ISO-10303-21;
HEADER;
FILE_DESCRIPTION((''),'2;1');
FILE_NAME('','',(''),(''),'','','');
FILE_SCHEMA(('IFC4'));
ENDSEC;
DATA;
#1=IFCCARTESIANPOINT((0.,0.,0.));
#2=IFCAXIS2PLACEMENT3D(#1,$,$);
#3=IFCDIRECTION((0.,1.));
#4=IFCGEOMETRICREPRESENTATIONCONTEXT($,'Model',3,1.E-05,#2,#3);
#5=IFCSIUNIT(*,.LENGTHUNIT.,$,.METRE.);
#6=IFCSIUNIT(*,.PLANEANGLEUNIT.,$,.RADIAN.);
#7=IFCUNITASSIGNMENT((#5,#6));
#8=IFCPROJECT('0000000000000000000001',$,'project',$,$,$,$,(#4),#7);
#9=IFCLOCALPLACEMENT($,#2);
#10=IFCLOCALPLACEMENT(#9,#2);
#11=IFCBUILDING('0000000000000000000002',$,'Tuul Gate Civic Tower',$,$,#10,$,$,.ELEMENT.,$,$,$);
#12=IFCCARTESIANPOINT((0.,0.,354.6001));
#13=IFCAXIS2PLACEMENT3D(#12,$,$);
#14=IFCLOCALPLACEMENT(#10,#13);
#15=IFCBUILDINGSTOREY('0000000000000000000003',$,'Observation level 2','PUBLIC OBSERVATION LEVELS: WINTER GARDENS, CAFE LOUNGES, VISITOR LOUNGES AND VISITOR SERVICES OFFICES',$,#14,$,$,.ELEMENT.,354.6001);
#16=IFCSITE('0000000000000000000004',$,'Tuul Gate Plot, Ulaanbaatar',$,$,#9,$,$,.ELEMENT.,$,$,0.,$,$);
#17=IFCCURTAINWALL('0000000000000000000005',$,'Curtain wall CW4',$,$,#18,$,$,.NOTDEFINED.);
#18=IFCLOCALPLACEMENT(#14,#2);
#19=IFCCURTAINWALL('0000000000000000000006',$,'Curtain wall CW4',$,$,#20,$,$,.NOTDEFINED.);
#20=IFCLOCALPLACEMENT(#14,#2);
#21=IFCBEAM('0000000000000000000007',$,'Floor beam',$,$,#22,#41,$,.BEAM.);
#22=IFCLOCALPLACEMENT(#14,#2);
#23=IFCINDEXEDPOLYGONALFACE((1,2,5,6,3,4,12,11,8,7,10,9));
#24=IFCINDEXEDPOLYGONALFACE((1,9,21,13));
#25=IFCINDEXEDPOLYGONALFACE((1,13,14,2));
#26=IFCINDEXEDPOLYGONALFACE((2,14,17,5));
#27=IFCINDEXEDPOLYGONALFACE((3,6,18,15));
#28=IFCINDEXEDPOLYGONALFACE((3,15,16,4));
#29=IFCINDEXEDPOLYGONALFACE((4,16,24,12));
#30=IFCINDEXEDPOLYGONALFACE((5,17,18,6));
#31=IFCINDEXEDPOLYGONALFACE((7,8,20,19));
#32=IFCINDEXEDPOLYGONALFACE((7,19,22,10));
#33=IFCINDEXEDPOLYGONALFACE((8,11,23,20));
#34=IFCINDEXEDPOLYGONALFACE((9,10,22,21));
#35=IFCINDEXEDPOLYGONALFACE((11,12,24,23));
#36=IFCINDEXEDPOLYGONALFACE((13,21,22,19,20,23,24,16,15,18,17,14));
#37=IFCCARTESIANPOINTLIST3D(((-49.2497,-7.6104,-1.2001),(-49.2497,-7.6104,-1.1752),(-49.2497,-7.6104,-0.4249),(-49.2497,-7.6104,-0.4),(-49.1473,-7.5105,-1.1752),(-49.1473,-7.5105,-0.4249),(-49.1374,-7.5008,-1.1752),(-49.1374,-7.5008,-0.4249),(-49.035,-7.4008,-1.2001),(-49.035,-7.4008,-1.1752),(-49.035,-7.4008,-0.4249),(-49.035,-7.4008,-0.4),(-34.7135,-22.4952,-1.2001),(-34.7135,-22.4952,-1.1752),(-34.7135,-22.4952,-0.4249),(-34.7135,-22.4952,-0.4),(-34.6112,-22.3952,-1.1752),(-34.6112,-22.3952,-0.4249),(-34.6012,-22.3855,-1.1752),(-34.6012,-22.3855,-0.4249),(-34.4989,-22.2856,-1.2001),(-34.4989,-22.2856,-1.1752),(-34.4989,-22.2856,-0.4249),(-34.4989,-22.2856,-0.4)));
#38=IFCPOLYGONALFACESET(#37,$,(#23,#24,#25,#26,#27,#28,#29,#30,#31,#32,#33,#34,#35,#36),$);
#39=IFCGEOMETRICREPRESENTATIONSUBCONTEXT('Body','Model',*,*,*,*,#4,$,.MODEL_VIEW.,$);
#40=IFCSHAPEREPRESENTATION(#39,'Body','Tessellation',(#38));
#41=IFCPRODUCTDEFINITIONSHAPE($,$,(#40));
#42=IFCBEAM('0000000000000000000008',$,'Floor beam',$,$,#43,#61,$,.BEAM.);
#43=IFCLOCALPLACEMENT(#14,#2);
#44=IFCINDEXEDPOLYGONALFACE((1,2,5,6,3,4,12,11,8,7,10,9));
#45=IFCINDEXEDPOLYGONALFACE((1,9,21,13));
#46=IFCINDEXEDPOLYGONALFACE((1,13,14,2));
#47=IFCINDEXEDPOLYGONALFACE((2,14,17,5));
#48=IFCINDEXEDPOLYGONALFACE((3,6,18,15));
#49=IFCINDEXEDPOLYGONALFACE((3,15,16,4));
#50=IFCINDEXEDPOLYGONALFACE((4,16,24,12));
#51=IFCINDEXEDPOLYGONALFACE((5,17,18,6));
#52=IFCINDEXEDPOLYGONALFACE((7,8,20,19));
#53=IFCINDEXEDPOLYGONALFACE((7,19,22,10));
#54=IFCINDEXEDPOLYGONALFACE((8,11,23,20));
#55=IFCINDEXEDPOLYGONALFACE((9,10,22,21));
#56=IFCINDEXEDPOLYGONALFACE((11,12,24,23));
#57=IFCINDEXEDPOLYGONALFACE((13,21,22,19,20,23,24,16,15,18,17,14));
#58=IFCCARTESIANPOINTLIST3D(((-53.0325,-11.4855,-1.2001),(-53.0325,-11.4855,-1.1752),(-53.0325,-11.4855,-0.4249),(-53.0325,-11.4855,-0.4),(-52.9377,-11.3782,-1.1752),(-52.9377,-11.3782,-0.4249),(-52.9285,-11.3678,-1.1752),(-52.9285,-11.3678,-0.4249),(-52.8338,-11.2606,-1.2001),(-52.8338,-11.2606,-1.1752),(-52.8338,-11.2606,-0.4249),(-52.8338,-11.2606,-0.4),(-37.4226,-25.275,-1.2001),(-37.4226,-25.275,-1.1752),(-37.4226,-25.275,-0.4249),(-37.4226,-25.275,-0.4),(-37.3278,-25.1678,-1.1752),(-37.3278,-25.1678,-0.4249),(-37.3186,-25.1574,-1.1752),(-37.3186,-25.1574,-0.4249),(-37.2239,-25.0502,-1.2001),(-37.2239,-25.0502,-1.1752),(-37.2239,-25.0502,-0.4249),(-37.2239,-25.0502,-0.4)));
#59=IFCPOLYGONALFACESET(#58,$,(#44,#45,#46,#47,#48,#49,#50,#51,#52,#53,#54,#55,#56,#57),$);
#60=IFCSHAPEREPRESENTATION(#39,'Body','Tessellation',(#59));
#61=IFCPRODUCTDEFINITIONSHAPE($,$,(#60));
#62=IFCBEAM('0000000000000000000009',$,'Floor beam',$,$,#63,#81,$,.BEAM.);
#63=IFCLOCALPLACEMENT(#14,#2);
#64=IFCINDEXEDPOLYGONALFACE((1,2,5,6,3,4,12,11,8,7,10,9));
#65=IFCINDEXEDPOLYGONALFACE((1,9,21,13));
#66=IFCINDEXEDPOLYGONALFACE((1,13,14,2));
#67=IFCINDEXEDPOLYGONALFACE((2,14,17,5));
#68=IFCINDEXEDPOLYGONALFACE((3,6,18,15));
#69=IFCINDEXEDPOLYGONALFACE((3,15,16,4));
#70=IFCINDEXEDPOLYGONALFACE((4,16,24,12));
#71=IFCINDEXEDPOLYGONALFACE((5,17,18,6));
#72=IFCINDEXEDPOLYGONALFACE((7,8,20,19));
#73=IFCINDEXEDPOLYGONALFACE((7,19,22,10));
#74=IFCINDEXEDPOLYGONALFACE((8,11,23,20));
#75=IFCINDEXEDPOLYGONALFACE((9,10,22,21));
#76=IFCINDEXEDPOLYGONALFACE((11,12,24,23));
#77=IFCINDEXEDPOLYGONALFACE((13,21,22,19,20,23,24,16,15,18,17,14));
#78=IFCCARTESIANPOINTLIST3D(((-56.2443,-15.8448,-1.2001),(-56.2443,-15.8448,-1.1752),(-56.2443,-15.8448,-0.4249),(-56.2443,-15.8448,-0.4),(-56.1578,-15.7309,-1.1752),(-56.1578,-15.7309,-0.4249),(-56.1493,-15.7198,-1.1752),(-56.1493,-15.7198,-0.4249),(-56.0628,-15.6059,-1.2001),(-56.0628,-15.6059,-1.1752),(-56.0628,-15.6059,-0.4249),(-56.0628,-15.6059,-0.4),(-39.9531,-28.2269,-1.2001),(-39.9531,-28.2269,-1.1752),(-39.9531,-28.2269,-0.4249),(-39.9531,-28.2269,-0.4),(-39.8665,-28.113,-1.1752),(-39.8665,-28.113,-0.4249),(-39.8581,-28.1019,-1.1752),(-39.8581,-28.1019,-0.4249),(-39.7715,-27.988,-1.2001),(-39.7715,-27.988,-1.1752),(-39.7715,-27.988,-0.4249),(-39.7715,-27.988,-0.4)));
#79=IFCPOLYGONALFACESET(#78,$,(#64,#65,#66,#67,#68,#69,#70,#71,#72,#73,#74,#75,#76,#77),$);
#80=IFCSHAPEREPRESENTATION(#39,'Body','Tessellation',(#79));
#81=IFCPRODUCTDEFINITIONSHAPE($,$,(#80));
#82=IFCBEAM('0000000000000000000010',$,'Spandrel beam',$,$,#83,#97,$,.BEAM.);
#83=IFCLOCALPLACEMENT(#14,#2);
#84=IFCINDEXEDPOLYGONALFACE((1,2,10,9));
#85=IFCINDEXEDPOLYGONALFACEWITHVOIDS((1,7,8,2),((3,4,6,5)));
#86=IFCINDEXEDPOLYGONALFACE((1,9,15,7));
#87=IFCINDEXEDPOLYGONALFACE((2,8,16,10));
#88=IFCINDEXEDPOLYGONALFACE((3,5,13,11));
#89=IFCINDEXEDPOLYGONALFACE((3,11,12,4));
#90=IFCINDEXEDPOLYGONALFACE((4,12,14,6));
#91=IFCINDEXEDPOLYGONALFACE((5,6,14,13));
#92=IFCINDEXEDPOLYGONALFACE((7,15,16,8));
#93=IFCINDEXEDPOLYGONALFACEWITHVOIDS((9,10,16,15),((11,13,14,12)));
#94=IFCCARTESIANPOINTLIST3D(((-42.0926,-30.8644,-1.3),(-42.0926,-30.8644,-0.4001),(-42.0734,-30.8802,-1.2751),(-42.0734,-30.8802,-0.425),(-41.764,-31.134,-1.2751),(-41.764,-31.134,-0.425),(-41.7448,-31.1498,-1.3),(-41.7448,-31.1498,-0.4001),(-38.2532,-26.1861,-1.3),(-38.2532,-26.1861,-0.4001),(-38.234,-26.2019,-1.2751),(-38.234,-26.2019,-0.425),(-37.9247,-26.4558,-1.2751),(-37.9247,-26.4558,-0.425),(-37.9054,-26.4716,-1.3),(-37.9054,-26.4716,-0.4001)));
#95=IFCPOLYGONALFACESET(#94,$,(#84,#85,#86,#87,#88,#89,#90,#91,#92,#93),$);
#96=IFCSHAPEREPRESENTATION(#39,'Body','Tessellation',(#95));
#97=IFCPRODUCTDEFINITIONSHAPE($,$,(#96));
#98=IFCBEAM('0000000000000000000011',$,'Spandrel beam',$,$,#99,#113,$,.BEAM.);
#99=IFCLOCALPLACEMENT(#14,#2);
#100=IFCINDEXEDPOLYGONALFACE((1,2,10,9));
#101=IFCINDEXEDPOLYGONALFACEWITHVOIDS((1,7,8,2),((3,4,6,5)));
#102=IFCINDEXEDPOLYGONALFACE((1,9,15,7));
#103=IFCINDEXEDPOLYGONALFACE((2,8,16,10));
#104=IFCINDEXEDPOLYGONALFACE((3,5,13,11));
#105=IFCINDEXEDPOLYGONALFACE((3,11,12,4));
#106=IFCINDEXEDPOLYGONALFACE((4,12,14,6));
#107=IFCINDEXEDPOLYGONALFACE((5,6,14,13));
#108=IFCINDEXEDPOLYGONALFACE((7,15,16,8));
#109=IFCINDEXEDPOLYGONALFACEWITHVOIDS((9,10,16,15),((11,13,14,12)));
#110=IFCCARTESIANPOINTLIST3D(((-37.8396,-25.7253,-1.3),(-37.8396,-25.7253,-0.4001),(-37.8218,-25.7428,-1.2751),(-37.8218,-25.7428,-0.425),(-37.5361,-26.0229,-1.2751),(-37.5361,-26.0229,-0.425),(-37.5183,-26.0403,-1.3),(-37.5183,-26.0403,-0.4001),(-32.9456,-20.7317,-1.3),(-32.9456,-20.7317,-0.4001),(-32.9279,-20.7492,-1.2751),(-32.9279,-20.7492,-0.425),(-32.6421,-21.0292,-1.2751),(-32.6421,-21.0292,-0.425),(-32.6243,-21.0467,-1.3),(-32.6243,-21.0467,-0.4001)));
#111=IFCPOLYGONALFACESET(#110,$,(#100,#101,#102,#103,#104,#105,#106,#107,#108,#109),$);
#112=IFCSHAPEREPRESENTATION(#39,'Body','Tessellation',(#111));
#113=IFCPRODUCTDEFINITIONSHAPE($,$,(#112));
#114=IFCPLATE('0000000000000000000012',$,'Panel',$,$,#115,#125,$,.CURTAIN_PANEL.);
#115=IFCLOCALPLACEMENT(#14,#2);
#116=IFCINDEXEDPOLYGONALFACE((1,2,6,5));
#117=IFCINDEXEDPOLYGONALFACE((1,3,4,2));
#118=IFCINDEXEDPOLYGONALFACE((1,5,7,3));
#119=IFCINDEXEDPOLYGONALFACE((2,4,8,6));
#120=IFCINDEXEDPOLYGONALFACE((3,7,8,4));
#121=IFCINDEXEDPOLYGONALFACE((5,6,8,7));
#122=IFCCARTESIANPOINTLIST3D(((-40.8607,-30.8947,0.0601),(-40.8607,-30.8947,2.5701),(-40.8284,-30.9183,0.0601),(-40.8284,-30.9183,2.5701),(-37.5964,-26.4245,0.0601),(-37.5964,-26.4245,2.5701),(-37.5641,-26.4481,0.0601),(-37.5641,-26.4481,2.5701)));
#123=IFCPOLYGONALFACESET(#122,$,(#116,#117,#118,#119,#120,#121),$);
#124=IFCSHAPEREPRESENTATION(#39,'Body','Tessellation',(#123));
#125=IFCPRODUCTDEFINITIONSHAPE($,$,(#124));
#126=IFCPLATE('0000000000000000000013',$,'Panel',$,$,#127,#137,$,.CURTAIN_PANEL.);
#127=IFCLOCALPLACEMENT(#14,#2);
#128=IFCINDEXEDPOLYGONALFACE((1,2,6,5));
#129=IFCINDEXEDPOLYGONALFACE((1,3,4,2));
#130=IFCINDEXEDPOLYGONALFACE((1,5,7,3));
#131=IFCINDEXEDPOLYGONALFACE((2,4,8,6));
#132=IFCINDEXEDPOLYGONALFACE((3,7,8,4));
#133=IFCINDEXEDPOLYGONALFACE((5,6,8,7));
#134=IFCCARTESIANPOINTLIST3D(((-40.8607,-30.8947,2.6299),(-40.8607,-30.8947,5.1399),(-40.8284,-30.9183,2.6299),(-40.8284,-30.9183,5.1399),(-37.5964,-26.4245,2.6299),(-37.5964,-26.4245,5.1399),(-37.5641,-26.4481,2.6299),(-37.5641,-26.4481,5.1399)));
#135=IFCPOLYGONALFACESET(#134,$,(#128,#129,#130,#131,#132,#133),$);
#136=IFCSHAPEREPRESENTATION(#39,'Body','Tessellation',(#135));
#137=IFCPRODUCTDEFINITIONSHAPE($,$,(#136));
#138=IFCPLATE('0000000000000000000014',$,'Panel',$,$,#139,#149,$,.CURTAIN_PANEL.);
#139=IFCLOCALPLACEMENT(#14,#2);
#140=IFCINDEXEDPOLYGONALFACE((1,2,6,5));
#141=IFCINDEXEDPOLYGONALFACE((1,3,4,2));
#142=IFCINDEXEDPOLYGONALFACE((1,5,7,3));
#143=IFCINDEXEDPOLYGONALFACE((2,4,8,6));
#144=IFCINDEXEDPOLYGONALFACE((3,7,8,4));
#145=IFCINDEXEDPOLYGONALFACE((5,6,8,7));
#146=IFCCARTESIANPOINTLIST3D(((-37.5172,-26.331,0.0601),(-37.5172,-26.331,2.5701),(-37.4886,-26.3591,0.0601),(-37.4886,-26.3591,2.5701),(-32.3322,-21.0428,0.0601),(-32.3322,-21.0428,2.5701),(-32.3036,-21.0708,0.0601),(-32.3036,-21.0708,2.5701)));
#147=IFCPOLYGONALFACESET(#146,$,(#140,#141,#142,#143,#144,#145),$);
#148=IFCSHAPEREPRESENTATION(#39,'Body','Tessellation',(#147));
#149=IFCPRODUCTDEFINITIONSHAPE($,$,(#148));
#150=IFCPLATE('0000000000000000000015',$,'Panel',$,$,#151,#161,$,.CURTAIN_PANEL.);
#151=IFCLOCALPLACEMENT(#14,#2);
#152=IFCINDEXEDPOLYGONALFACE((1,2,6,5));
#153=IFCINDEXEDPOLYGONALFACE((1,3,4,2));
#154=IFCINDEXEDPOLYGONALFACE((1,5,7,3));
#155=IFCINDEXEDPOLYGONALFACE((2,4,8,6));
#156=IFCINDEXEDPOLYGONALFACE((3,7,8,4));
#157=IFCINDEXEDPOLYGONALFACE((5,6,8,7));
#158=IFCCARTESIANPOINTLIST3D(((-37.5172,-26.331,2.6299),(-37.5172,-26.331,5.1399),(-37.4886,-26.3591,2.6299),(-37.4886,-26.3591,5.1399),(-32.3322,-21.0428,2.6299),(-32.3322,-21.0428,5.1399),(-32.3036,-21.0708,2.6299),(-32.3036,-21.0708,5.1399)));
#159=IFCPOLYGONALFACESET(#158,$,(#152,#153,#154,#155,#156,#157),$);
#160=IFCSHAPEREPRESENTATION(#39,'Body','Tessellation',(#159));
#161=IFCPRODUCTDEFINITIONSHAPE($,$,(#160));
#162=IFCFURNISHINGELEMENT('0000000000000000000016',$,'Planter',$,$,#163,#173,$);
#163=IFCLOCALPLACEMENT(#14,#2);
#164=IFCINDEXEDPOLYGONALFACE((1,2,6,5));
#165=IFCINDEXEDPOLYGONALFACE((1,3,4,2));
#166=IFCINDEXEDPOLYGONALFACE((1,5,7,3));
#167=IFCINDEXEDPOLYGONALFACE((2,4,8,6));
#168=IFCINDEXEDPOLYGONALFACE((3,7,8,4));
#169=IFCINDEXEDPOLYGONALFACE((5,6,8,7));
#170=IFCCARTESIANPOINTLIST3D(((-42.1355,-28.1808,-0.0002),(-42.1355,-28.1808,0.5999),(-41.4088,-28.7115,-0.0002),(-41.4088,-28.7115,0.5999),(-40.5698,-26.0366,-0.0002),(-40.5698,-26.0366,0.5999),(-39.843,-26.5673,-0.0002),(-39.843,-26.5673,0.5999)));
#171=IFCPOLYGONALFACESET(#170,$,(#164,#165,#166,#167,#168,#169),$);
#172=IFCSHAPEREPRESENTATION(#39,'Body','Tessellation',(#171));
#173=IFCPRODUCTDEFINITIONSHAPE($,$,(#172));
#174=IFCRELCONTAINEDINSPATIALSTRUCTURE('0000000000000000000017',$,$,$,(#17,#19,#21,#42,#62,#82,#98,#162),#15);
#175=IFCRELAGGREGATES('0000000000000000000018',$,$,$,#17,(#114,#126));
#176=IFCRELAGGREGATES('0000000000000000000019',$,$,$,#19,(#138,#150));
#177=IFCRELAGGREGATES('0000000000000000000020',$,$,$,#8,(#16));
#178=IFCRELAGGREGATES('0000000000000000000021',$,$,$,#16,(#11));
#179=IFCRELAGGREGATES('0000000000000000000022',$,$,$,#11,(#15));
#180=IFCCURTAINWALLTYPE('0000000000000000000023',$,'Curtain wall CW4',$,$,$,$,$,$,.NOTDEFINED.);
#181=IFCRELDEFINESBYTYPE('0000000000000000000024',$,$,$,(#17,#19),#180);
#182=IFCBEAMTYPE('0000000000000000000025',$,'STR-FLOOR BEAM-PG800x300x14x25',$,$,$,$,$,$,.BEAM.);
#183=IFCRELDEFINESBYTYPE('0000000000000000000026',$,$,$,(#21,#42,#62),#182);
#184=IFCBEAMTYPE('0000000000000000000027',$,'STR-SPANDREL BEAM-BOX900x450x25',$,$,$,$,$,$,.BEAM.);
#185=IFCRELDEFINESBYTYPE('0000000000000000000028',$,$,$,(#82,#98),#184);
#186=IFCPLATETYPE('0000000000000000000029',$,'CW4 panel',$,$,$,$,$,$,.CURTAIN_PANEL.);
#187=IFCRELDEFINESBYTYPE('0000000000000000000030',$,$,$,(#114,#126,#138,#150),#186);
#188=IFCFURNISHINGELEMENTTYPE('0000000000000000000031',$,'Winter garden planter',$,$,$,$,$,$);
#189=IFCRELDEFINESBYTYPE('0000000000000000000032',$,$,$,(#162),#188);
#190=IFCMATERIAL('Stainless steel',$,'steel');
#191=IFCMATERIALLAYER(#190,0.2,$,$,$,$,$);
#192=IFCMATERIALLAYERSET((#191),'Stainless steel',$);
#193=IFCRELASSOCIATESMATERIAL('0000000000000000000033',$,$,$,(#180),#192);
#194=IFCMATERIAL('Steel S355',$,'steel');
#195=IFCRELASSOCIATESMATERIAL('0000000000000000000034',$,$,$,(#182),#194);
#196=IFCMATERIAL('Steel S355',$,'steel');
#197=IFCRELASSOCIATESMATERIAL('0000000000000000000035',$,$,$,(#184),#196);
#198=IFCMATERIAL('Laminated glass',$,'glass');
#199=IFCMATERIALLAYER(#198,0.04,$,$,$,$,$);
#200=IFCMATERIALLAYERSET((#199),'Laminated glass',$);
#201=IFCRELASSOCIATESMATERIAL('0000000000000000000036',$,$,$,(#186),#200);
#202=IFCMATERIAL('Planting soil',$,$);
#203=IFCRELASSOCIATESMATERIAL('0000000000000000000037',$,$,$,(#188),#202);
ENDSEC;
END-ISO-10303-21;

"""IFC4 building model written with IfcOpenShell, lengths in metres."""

from ifc_helpers import new_model, si_unit, direction, frame, origin, origin_2d, place, context, subcontext, project, spatial, rectangle, hollow_rectangle, i_section, extrude, material, layer, layer_set, material_profile, profile_set, type_object, element, aggregate, save


model = new_model("IFC4")

# Units and contexts
model_context = context("Model", 3, precision=1e-05, world=origin(), true_north=direction((0.0, 1.0)))
body_context = subcontext(model_context, "Body", "Model", "MODEL_VIEW")
ifc_project = project(units=[si_unit("LENGTHUNIT", "METRE"), si_unit("PLANEANGLEUNIT", "RADIAN")], contexts=[model_context])

# Site, building, storey
site_placement = place(None, origin())
site = spatial("IfcSite", under=ifc_project, at=site_placement, Name="Tuul Gate Plot, Ulaanbaatar", CompositionType="ELEMENT", RefElevation=0.0)
building_placement = place(site_placement, origin())
building = spatial("IfcBuilding", under=site, at=building_placement, Name="Tuul Gate Civic Tower", CompositionType="ELEMENT")
storey_placement = place(building_placement, frame((0.0, 0.0, 354.6001)))
storey = spatial("IfcBuildingStorey", under=building, at=storey_placement, Name="Observation level 2", Description="PUBLIC OBSERVATION LEVELS: WINTER GARDENS, CAFE LOUNGES, VISITOR LOUNGES AND VISITOR SERVICES OFFICES", CompositionType="ELEMENT", Elevation=354.6001)

# Curtain wall
ifc_material_1 = material(Name="Stainless steel", Category="steel")
ifc_layer_1 = layer(ifc_material_1, 0.2)
ifc_layer_set_1 = layer_set([ifc_layer_1], Name="Stainless steel")
curtain_wall_type = type_object("IfcCurtainWallType", Name="Curtain wall CW4", PredefinedType="NOTDEFINED", material=ifc_layer_set_1)
curtain_wall_1_placement = place(storey_placement, origin())
curtain_wall_1 = element("IfcCurtainWall", 1, at=curtain_wall_1_placement, inside=storey, type_object=curtain_wall_type, Name="Curtain wall CW4", PredefinedType="NOTDEFINED")

# Curtain wall
curtain_wall_2_placement = place(storey_placement, origin())
curtain_wall_2 = element("IfcCurtainWall", 2, at=curtain_wall_2_placement, inside=storey, type_object=curtain_wall_type, Name="Curtain wall CW4", PredefinedType="NOTDEFINED")

# Beams
ifc_material_2 = material(Name="Steel S355", Category="steel")
ifc_material_profile_1 = material_profile(ifc_material_2, i_section(OverallWidth=0.3, OverallDepth=0.8, WebThickness=0.0139, FlangeThickness=0.0249, at=origin_2d()), Name="PG800x300x14x25")
ifc_profile_set_1 = profile_set([ifc_material_profile_1], Name="Steel S355")
beam_type_1 = type_object("IfcBeamType", Name="STR-FLOOR BEAM-PG800x300x14x25", PredefinedType="BEAM", material=ifc_profile_set_1)
beam_1_placement = place(storey_placement, frame((-34.6062, -22.3904, -0.8), z_axis=(-0.698679, 0.715436, 0.0), x_axis=(-0.715436, -0.698679, 0.0)))
element("IfcBeam", 3, at=beam_1_placement, inside=storey, type_object=beam_type_1, Name="Floor beam", PredefinedType="BEAM", context=body_context, shape_type="SweptSolid", body=[
    extrude(i_section(OverallWidth=0.3, OverallDepth=0.8, WebThickness=0.0139, FlangeThickness=0.0249, at=origin_2d()), origin(), (0.0, 0.0, 1.0), 20.8052),
])
beam_2_placement = place(storey_placement, frame((-37.3232, -25.1626, -0.8), z_axis=(-0.749453, 0.662057, 0.0), x_axis=(-0.662057, -0.749453, 0.0)))
element("IfcBeam", 4, at=beam_2_placement, inside=storey, type_object=beam_type_1, Name="Floor beam", PredefinedType="BEAM", context=body_context, shape_type="SweptSolid", body=[
    extrude(i_section(OverallWidth=0.3, OverallDepth=0.8, WebThickness=0.0139, FlangeThickness=0.0249, at=origin_2d()), origin(), (0.0, 0.0, 1.0), 20.8284),
])
beam_3_placement = place(storey_placement, frame((-39.8623, -28.1074, -0.8), z_axis=(-0.796145, 0.605106, 0.0), x_axis=(-0.605106, -0.796145, 0.0)))
element("IfcBeam", 5, at=beam_3_placement, inside=storey, type_object=beam_type_1, Name="Floor beam", PredefinedType="BEAM", context=body_context, shape_type="SweptSolid", body=[
    extrude(i_section(OverallWidth=0.3, OverallDepth=0.8, WebThickness=0.0139, FlangeThickness=0.0249, at=origin_2d()), origin(), (0.0, 0.0, 1.0), 20.4626),
])
ifc_material_3 = material(Name="Steel S355", Category="steel")
ifc_material_profile_2 = material_profile(ifc_material_3, hollow_rectangle(XDim=0.45, YDim=0.8999, WallThickness=0.0249, at=origin_2d()), Name="BOX900x450x25")
ifc_profile_set_2 = profile_set([ifc_material_profile_2], Name="Steel S355")
beam_type_2 = type_object("IfcBeamType", Name="STR-SPANDREL BEAM-BOX900x450x25", PredefinedType="BEAM", material=ifc_profile_set_2)
beam_4_placement = place(storey_placement, frame((-41.9187, -31.0071, -0.8501), z_axis=(0.634397, 0.773007, 0.0), x_axis=(-0.773007, 0.634397, 0.0)))
element("IfcBeam", 6, at=beam_4_placement, inside=storey, type_object=beam_type_2, Name="Spandrel beam", PredefinedType="BEAM", context=body_context, shape_type="SweptSolid", body=[
    extrude(hollow_rectangle(XDim=0.45, YDim=0.8999, WallThickness=0.0249, at=origin_2d()), origin(), (0.0, 0.0, 1.0), 6.052),
])
beam_5_placement = place(storey_placement, frame((-37.679, -25.8828, -0.8501), z_axis=(0.699948, 0.714194, 0.0), x_axis=(-0.714194, 0.699948, 0.0)))
element("IfcBeam", 7, at=beam_5_placement, inside=storey, type_object=beam_type_2, Name="Spandrel beam", PredefinedType="BEAM", context=body_context, shape_type="SweptSolid", body=[
    extrude(hollow_rectangle(XDim=0.45, YDim=0.8999, WallThickness=0.0249, at=origin_2d()), origin(), (0.0, 0.0, 1.0), 6.9919),
])

# Plates
ifc_material_4 = material(Name="Laminated glass", Category="glass")
ifc_layer_2 = layer(ifc_material_4, 0.04)
ifc_layer_set_2 = layer_set([ifc_layer_2], Name="Laminated glass")
plate_type = type_object("IfcPlateType", Name="CW4 panel", PredefinedType="CURTAIN_PANEL", material=ifc_layer_set_2)
plate_1_placement = place(storey_placement, frame((-39.2124, -28.6714, 0.0601), z_axis=(0.0, 0.0, 1.0), x_axis=(0.589737, 0.807595, 0.0)))
plate_1 = element("IfcPlate", 8, at=plate_1_placement, type_object=plate_type, Name="Panel", PredefinedType="CURTAIN_PANEL", context=body_context, shape_type="SweptSolid", body=[
    extrude(rectangle(XDim=5.5352, YDim=0.04, at=origin_2d()), origin(), (0.0, 0.0, 1.0), 2.51),
])
plate_2_placement = place(storey_placement, frame((-39.2124, -28.6714, 2.6299), z_axis=(0.0, 0.0, 1.0), x_axis=(0.589737, 0.807595, 0.0)))
plate_2 = element("IfcPlate", 9, at=plate_2_placement, type_object=plate_type, Name="Panel", PredefinedType="CURTAIN_PANEL", context=body_context, shape_type="SweptSolid", body=[
    extrude(rectangle(XDim=5.5352, YDim=0.04, at=origin_2d()), origin(), (0.0, 0.0, 1.0), 2.51),
])
aggregate(curtain_wall_1, [plate_1, plate_2])
plate_3_placement = place(storey_placement, frame((-34.9104, -23.7009, 0.0601), z_axis=(0.0, 0.0, 1.0), x_axis=(0.700097, 0.714048, 0.0)))
plate_3 = element("IfcPlate", 10, at=plate_3_placement, type_object=plate_type, Name="Panel", PredefinedType="CURTAIN_PANEL", context=body_context, shape_type="SweptSolid", body=[
    extrude(rectangle(XDim=7.406, YDim=0.04, at=origin_2d()), origin(), (0.0, 0.0, 1.0), 2.51),
])
plate_4_placement = place(storey_placement, frame((-34.9104, -23.7009, 2.6299), z_axis=(0.0, 0.0, 1.0), x_axis=(0.700097, 0.714048, 0.0)))
plate_4 = element("IfcPlate", 11, at=plate_4_placement, type_object=plate_type, Name="Panel", PredefinedType="CURTAIN_PANEL", context=body_context, shape_type="SweptSolid", body=[
    extrude(rectangle(XDim=7.406, YDim=0.04, at=origin_2d()), origin(), (0.0, 0.0, 1.0), 2.51),
])
aggregate(curtain_wall_2, [plate_3, plate_4])

# Furnishing element
ifc_material_5 = material(Name="Planting soil")
furnishing_element_type = type_object("IfcFurnishingElementType", Name="Winter garden planter", material=ifc_material_5)
furnishing_placement = place(storey_placement, frame((-40.9893, -27.374, -0.0002), z_axis=(0.0, 0.0, 1.0), x_axis=(0.589737, 0.807595, 0.0)))
element("IfcFurnishingElement", 12, at=furnishing_placement, inside=storey, type_object=furnishing_element_type, Name="Planter", context=body_context, shape_type="SweptSolid", body=[
    extrude(rectangle(XDim=2.655, YDim=0.8999, at=origin_2d()), origin(), (0.0, 0.0, 1.0), 0.6001),
])

save(model, "model.ifc")
